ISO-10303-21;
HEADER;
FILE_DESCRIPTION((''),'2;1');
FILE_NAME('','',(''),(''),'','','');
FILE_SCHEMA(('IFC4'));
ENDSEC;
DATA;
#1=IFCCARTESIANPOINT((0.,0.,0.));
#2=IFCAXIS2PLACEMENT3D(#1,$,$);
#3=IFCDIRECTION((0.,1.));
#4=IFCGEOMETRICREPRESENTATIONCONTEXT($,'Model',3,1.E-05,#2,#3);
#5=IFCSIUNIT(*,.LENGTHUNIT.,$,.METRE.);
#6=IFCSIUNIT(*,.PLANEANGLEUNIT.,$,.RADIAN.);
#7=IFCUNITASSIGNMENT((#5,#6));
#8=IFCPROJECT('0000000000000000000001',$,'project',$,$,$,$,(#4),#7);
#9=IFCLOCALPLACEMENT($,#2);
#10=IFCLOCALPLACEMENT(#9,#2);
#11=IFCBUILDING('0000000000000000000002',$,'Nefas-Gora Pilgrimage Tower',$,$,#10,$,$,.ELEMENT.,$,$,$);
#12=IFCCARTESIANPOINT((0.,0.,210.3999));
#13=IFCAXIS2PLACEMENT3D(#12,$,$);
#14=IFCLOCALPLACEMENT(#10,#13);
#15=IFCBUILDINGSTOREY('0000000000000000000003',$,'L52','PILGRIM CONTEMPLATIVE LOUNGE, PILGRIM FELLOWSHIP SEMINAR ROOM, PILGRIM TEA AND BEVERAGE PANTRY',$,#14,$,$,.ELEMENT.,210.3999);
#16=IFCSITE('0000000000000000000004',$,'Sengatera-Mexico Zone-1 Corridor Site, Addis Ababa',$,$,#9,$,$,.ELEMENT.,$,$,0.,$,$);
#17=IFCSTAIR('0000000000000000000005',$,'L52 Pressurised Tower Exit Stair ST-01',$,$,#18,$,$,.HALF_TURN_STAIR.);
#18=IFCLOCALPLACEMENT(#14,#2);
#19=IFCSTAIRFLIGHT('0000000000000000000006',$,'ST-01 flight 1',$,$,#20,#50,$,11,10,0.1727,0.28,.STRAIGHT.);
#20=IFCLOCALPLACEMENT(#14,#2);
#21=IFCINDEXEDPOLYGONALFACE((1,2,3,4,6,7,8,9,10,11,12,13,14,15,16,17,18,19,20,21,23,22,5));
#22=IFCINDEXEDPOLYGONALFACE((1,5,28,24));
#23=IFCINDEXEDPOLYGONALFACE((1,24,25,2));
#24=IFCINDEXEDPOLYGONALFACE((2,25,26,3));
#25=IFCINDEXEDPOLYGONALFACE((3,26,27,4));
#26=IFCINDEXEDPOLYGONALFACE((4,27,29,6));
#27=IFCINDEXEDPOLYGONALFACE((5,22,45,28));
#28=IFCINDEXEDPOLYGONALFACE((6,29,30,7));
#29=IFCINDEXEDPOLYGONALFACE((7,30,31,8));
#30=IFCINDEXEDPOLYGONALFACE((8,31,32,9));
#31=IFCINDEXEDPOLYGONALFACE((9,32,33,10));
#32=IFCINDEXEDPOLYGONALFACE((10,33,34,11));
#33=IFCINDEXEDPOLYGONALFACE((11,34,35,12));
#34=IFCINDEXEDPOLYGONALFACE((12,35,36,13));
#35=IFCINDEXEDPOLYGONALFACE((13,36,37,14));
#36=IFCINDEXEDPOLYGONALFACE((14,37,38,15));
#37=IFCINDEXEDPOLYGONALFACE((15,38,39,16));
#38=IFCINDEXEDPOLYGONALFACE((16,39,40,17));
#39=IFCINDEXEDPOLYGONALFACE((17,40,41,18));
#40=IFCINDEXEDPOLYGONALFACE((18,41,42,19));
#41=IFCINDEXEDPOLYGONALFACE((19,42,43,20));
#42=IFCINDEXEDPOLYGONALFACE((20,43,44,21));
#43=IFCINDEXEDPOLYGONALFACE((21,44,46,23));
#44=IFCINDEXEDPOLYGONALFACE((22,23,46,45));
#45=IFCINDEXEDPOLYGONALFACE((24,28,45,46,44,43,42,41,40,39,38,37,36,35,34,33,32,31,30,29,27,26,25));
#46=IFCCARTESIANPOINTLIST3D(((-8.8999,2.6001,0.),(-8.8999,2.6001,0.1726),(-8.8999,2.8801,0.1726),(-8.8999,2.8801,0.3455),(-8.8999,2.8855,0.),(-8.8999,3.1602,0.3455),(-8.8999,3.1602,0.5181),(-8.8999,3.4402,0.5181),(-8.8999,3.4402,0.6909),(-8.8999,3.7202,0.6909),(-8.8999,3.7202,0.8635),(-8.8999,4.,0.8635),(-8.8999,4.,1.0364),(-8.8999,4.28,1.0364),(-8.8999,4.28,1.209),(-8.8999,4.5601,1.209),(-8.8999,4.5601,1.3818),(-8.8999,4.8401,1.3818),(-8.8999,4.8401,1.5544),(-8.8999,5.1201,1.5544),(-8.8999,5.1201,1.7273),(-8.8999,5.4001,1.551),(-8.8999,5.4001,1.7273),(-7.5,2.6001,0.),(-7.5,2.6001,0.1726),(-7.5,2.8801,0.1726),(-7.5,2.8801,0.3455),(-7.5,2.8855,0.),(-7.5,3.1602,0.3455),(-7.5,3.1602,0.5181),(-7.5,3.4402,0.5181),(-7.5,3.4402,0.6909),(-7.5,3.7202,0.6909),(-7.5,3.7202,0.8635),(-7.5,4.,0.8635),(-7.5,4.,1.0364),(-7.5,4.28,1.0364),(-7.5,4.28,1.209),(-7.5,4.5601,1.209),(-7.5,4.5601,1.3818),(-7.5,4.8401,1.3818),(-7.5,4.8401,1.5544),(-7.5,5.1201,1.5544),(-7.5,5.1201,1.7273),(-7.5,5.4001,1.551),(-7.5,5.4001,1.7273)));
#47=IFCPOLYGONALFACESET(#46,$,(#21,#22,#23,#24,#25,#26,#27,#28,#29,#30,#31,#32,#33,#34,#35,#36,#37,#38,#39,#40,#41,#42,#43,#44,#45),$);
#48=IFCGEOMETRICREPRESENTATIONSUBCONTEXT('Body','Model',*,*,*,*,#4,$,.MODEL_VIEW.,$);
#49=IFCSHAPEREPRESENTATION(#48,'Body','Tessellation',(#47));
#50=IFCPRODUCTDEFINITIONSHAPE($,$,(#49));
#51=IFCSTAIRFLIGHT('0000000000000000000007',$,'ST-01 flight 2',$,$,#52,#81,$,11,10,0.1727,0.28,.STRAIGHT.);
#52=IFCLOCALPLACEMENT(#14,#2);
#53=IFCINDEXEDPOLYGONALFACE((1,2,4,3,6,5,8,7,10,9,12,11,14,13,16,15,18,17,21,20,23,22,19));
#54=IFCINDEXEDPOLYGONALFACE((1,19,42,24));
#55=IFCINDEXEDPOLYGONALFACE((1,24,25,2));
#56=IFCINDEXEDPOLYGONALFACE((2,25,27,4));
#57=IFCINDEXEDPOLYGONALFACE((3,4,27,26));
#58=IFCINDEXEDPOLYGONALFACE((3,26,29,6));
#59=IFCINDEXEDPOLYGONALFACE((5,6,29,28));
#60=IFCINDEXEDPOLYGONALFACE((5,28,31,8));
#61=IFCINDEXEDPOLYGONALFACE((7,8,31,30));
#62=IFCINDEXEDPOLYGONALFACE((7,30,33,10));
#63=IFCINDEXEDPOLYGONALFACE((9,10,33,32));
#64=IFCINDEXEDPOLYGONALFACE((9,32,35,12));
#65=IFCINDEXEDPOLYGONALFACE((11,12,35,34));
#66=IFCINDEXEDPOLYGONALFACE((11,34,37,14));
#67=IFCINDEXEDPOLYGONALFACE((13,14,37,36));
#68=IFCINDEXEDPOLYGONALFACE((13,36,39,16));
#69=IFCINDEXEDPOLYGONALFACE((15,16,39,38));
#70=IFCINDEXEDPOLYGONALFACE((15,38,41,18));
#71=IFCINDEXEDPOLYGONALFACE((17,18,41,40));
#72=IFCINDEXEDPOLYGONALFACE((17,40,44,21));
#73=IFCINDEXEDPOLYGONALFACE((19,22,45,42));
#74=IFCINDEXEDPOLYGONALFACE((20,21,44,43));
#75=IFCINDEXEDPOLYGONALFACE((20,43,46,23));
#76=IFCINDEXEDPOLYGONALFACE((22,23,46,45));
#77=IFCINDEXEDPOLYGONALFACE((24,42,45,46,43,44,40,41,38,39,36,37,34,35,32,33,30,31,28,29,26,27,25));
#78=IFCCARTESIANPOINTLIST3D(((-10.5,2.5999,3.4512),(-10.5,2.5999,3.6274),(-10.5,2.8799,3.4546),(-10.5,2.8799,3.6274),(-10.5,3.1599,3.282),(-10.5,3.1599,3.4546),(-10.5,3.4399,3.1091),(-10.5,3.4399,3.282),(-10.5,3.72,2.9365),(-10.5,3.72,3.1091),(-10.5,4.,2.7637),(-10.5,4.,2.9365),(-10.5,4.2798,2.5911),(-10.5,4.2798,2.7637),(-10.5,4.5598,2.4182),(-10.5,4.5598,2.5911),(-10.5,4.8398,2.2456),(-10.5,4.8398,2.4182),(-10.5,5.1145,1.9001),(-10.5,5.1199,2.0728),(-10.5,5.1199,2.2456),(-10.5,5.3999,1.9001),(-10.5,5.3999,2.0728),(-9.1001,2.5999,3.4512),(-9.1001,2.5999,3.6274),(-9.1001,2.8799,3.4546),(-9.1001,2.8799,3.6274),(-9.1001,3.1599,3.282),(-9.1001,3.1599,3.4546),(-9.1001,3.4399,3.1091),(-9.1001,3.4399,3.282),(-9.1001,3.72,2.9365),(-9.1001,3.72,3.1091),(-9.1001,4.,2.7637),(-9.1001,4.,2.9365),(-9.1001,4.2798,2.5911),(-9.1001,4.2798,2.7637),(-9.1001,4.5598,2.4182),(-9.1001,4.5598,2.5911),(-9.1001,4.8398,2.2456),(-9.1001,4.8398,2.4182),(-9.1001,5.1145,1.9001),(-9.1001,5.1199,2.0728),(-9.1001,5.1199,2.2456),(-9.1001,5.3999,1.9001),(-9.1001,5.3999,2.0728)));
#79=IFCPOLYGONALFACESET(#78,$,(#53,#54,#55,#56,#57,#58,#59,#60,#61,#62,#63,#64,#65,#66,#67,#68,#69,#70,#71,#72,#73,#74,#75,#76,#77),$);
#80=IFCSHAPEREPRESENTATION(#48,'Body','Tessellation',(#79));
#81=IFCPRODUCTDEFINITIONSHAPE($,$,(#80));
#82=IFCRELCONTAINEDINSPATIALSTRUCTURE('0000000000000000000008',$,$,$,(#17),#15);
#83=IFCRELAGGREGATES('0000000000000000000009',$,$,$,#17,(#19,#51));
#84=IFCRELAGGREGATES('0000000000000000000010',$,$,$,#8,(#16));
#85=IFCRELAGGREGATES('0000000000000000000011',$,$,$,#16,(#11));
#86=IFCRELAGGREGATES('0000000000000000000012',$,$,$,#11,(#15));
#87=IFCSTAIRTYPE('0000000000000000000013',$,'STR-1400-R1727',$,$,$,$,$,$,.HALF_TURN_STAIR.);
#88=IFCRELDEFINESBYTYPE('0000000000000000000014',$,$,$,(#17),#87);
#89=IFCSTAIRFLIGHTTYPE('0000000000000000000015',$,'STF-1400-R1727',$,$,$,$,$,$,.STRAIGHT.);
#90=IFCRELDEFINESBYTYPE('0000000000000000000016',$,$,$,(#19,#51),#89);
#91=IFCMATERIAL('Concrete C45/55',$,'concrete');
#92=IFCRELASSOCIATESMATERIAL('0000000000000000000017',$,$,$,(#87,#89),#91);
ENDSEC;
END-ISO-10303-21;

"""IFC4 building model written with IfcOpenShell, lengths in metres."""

from ifc_helpers import new_model, si_unit, direction, frame, origin, place, context, subcontext, project, spatial, polyline, outline, extrude, source, transform, mapped, material, type_object, element, aggregate, save


model = new_model("IFC4")

# Units and contexts
model_context = context("Model", 3, precision=1e-05, world=origin(), true_north=direction((0.0, 1.0)))
body_context = subcontext(model_context, "Body", "Model", "MODEL_VIEW")
ifc_project = project(units=[si_unit("LENGTHUNIT", "METRE"), si_unit("PLANEANGLEUNIT", "RADIAN")], contexts=[model_context])

# Site, building, storey
site_placement = place(None, origin())
site = spatial("IfcSite", under=ifc_project, at=site_placement, Name="Sengatera-Mexico Zone-1 Corridor Site, Addis Ababa", CompositionType="ELEMENT", RefElevation=0.0)
building_placement = place(site_placement, origin())
building = spatial("IfcBuilding", under=site, at=building_placement, Name="Nefas-Gora Pilgrimage Tower", CompositionType="ELEMENT")
storey_placement = place(building_placement, frame((0.0, 0.0, 210.3999)))
storey = spatial("IfcBuildingStorey", under=building, at=storey_placement, Name="L52", Description="PILGRIM CONTEMPLATIVE LOUNGE, PILGRIM FELLOWSHIP SEMINAR ROOM, PILGRIM TEA AND BEVERAGE PANTRY", CompositionType="ELEMENT", Elevation=210.3999)

# Shared definitions
ifc_material_1 = material(Name="Concrete C45/55", Category="concrete")

# Stair, stair flights
stair_type = type_object("IfcStairType", Name="STR-1400-R1727", PredefinedType="HALF_TURN_STAIR", material=ifc_material_1)
stair_placement = place(storey_placement, origin())
stair = element("IfcStair", 1, at=stair_placement, inside=storey, type_object=stair_type, Name="L52 Pressurised Tower Exit Stair ST-01", PredefinedType="HALF_TURN_STAIR")
stair_flight_type = type_object("IfcStairFlightType", Name="STF-1400-R1727", PredefinedType="STRAIGHT", material=ifc_material_1)
shared_shape_1 = source(origin(), body_context, "Body", "SweptSolid", [
    extrude(outline(polyline([(0.0, 0.0), (0.0, 0.1726), (0.28, 0.1726), (0.28, 0.3455), (0.5601, 0.3455), (0.5601, 0.5181), (0.8401, 0.5181), (0.8401, 0.6909), (1.1201, 0.6909), (1.1201, 0.8635), (1.3999, 0.8635), (1.3999, 1.0364), (1.6799, 1.0364), (1.6799, 1.209), (1.96, 1.209), (1.96, 1.3818), (2.24, 1.3818), (2.24, 1.5544), (2.52, 1.5544), (2.52, 1.7273), (2.8, 1.7273), (2.8, 1.8999), (2.8, 1.551), (0.2854, 0.0), (0.0, 0.0)])), frame((0.0, 0.7, 0.0), z_axis=(0.0, -1.0, 0.0), x_axis=(1.0, 0.0, 0.0)), (0.0, 0.0, 1.0), 1.3999),
])
stair_flight_1_placement = place(storey_placement, frame((-8.2, 2.6001, 0.0), z_axis=(0.0, 0.0, 1.0), x_axis=(0.0, 1.0, 0.0)))
stair_flight_1 = element("IfcStairFlight", 2, at=stair_flight_1_placement, type_object=stair_flight_type, Name="ST-01 flight 1", NumberOfRisers=11, NumberOfTreads=10, PredefinedType="STRAIGHT", RiserHeight=0.1727, TreadLength=0.28, context=body_context, shape_type="MappedRepresentation", body=[
    mapped(shared_shape_1, transform((0.0, 0.0, 0.0), x_axis=(1.0, 0.0, 0.0), y_axis=(0.0, 1.0, 0.0), z_axis=(0.0, 0.0, 1.0), scale=1.0)),
])
stair_flight_2_placement = place(storey_placement, frame((-9.8, 5.3999, 1.9001), z_axis=(0.0, 0.0, 1.0), x_axis=(0.0, -1.0, 0.0)))
stair_flight_2 = element("IfcStairFlight", 3, at=stair_flight_2_placement, type_object=stair_flight_type, Name="ST-01 flight 2", NumberOfRisers=11, NumberOfTreads=10, PredefinedType="STRAIGHT", RiserHeight=0.1727, TreadLength=0.28, context=body_context, shape_type="MappedRepresentation", body=[
    mapped(shared_shape_1, transform((0.0, 0.0, 0.0), x_axis=(1.0, 0.0, 0.0), y_axis=(0.0, 1.0, 0.0), z_axis=(0.0, 0.0, 1.0), scale=1.0)),
])
aggregate(stair, [stair_flight_1, stair_flight_2])

save(model, "model.ifc")
